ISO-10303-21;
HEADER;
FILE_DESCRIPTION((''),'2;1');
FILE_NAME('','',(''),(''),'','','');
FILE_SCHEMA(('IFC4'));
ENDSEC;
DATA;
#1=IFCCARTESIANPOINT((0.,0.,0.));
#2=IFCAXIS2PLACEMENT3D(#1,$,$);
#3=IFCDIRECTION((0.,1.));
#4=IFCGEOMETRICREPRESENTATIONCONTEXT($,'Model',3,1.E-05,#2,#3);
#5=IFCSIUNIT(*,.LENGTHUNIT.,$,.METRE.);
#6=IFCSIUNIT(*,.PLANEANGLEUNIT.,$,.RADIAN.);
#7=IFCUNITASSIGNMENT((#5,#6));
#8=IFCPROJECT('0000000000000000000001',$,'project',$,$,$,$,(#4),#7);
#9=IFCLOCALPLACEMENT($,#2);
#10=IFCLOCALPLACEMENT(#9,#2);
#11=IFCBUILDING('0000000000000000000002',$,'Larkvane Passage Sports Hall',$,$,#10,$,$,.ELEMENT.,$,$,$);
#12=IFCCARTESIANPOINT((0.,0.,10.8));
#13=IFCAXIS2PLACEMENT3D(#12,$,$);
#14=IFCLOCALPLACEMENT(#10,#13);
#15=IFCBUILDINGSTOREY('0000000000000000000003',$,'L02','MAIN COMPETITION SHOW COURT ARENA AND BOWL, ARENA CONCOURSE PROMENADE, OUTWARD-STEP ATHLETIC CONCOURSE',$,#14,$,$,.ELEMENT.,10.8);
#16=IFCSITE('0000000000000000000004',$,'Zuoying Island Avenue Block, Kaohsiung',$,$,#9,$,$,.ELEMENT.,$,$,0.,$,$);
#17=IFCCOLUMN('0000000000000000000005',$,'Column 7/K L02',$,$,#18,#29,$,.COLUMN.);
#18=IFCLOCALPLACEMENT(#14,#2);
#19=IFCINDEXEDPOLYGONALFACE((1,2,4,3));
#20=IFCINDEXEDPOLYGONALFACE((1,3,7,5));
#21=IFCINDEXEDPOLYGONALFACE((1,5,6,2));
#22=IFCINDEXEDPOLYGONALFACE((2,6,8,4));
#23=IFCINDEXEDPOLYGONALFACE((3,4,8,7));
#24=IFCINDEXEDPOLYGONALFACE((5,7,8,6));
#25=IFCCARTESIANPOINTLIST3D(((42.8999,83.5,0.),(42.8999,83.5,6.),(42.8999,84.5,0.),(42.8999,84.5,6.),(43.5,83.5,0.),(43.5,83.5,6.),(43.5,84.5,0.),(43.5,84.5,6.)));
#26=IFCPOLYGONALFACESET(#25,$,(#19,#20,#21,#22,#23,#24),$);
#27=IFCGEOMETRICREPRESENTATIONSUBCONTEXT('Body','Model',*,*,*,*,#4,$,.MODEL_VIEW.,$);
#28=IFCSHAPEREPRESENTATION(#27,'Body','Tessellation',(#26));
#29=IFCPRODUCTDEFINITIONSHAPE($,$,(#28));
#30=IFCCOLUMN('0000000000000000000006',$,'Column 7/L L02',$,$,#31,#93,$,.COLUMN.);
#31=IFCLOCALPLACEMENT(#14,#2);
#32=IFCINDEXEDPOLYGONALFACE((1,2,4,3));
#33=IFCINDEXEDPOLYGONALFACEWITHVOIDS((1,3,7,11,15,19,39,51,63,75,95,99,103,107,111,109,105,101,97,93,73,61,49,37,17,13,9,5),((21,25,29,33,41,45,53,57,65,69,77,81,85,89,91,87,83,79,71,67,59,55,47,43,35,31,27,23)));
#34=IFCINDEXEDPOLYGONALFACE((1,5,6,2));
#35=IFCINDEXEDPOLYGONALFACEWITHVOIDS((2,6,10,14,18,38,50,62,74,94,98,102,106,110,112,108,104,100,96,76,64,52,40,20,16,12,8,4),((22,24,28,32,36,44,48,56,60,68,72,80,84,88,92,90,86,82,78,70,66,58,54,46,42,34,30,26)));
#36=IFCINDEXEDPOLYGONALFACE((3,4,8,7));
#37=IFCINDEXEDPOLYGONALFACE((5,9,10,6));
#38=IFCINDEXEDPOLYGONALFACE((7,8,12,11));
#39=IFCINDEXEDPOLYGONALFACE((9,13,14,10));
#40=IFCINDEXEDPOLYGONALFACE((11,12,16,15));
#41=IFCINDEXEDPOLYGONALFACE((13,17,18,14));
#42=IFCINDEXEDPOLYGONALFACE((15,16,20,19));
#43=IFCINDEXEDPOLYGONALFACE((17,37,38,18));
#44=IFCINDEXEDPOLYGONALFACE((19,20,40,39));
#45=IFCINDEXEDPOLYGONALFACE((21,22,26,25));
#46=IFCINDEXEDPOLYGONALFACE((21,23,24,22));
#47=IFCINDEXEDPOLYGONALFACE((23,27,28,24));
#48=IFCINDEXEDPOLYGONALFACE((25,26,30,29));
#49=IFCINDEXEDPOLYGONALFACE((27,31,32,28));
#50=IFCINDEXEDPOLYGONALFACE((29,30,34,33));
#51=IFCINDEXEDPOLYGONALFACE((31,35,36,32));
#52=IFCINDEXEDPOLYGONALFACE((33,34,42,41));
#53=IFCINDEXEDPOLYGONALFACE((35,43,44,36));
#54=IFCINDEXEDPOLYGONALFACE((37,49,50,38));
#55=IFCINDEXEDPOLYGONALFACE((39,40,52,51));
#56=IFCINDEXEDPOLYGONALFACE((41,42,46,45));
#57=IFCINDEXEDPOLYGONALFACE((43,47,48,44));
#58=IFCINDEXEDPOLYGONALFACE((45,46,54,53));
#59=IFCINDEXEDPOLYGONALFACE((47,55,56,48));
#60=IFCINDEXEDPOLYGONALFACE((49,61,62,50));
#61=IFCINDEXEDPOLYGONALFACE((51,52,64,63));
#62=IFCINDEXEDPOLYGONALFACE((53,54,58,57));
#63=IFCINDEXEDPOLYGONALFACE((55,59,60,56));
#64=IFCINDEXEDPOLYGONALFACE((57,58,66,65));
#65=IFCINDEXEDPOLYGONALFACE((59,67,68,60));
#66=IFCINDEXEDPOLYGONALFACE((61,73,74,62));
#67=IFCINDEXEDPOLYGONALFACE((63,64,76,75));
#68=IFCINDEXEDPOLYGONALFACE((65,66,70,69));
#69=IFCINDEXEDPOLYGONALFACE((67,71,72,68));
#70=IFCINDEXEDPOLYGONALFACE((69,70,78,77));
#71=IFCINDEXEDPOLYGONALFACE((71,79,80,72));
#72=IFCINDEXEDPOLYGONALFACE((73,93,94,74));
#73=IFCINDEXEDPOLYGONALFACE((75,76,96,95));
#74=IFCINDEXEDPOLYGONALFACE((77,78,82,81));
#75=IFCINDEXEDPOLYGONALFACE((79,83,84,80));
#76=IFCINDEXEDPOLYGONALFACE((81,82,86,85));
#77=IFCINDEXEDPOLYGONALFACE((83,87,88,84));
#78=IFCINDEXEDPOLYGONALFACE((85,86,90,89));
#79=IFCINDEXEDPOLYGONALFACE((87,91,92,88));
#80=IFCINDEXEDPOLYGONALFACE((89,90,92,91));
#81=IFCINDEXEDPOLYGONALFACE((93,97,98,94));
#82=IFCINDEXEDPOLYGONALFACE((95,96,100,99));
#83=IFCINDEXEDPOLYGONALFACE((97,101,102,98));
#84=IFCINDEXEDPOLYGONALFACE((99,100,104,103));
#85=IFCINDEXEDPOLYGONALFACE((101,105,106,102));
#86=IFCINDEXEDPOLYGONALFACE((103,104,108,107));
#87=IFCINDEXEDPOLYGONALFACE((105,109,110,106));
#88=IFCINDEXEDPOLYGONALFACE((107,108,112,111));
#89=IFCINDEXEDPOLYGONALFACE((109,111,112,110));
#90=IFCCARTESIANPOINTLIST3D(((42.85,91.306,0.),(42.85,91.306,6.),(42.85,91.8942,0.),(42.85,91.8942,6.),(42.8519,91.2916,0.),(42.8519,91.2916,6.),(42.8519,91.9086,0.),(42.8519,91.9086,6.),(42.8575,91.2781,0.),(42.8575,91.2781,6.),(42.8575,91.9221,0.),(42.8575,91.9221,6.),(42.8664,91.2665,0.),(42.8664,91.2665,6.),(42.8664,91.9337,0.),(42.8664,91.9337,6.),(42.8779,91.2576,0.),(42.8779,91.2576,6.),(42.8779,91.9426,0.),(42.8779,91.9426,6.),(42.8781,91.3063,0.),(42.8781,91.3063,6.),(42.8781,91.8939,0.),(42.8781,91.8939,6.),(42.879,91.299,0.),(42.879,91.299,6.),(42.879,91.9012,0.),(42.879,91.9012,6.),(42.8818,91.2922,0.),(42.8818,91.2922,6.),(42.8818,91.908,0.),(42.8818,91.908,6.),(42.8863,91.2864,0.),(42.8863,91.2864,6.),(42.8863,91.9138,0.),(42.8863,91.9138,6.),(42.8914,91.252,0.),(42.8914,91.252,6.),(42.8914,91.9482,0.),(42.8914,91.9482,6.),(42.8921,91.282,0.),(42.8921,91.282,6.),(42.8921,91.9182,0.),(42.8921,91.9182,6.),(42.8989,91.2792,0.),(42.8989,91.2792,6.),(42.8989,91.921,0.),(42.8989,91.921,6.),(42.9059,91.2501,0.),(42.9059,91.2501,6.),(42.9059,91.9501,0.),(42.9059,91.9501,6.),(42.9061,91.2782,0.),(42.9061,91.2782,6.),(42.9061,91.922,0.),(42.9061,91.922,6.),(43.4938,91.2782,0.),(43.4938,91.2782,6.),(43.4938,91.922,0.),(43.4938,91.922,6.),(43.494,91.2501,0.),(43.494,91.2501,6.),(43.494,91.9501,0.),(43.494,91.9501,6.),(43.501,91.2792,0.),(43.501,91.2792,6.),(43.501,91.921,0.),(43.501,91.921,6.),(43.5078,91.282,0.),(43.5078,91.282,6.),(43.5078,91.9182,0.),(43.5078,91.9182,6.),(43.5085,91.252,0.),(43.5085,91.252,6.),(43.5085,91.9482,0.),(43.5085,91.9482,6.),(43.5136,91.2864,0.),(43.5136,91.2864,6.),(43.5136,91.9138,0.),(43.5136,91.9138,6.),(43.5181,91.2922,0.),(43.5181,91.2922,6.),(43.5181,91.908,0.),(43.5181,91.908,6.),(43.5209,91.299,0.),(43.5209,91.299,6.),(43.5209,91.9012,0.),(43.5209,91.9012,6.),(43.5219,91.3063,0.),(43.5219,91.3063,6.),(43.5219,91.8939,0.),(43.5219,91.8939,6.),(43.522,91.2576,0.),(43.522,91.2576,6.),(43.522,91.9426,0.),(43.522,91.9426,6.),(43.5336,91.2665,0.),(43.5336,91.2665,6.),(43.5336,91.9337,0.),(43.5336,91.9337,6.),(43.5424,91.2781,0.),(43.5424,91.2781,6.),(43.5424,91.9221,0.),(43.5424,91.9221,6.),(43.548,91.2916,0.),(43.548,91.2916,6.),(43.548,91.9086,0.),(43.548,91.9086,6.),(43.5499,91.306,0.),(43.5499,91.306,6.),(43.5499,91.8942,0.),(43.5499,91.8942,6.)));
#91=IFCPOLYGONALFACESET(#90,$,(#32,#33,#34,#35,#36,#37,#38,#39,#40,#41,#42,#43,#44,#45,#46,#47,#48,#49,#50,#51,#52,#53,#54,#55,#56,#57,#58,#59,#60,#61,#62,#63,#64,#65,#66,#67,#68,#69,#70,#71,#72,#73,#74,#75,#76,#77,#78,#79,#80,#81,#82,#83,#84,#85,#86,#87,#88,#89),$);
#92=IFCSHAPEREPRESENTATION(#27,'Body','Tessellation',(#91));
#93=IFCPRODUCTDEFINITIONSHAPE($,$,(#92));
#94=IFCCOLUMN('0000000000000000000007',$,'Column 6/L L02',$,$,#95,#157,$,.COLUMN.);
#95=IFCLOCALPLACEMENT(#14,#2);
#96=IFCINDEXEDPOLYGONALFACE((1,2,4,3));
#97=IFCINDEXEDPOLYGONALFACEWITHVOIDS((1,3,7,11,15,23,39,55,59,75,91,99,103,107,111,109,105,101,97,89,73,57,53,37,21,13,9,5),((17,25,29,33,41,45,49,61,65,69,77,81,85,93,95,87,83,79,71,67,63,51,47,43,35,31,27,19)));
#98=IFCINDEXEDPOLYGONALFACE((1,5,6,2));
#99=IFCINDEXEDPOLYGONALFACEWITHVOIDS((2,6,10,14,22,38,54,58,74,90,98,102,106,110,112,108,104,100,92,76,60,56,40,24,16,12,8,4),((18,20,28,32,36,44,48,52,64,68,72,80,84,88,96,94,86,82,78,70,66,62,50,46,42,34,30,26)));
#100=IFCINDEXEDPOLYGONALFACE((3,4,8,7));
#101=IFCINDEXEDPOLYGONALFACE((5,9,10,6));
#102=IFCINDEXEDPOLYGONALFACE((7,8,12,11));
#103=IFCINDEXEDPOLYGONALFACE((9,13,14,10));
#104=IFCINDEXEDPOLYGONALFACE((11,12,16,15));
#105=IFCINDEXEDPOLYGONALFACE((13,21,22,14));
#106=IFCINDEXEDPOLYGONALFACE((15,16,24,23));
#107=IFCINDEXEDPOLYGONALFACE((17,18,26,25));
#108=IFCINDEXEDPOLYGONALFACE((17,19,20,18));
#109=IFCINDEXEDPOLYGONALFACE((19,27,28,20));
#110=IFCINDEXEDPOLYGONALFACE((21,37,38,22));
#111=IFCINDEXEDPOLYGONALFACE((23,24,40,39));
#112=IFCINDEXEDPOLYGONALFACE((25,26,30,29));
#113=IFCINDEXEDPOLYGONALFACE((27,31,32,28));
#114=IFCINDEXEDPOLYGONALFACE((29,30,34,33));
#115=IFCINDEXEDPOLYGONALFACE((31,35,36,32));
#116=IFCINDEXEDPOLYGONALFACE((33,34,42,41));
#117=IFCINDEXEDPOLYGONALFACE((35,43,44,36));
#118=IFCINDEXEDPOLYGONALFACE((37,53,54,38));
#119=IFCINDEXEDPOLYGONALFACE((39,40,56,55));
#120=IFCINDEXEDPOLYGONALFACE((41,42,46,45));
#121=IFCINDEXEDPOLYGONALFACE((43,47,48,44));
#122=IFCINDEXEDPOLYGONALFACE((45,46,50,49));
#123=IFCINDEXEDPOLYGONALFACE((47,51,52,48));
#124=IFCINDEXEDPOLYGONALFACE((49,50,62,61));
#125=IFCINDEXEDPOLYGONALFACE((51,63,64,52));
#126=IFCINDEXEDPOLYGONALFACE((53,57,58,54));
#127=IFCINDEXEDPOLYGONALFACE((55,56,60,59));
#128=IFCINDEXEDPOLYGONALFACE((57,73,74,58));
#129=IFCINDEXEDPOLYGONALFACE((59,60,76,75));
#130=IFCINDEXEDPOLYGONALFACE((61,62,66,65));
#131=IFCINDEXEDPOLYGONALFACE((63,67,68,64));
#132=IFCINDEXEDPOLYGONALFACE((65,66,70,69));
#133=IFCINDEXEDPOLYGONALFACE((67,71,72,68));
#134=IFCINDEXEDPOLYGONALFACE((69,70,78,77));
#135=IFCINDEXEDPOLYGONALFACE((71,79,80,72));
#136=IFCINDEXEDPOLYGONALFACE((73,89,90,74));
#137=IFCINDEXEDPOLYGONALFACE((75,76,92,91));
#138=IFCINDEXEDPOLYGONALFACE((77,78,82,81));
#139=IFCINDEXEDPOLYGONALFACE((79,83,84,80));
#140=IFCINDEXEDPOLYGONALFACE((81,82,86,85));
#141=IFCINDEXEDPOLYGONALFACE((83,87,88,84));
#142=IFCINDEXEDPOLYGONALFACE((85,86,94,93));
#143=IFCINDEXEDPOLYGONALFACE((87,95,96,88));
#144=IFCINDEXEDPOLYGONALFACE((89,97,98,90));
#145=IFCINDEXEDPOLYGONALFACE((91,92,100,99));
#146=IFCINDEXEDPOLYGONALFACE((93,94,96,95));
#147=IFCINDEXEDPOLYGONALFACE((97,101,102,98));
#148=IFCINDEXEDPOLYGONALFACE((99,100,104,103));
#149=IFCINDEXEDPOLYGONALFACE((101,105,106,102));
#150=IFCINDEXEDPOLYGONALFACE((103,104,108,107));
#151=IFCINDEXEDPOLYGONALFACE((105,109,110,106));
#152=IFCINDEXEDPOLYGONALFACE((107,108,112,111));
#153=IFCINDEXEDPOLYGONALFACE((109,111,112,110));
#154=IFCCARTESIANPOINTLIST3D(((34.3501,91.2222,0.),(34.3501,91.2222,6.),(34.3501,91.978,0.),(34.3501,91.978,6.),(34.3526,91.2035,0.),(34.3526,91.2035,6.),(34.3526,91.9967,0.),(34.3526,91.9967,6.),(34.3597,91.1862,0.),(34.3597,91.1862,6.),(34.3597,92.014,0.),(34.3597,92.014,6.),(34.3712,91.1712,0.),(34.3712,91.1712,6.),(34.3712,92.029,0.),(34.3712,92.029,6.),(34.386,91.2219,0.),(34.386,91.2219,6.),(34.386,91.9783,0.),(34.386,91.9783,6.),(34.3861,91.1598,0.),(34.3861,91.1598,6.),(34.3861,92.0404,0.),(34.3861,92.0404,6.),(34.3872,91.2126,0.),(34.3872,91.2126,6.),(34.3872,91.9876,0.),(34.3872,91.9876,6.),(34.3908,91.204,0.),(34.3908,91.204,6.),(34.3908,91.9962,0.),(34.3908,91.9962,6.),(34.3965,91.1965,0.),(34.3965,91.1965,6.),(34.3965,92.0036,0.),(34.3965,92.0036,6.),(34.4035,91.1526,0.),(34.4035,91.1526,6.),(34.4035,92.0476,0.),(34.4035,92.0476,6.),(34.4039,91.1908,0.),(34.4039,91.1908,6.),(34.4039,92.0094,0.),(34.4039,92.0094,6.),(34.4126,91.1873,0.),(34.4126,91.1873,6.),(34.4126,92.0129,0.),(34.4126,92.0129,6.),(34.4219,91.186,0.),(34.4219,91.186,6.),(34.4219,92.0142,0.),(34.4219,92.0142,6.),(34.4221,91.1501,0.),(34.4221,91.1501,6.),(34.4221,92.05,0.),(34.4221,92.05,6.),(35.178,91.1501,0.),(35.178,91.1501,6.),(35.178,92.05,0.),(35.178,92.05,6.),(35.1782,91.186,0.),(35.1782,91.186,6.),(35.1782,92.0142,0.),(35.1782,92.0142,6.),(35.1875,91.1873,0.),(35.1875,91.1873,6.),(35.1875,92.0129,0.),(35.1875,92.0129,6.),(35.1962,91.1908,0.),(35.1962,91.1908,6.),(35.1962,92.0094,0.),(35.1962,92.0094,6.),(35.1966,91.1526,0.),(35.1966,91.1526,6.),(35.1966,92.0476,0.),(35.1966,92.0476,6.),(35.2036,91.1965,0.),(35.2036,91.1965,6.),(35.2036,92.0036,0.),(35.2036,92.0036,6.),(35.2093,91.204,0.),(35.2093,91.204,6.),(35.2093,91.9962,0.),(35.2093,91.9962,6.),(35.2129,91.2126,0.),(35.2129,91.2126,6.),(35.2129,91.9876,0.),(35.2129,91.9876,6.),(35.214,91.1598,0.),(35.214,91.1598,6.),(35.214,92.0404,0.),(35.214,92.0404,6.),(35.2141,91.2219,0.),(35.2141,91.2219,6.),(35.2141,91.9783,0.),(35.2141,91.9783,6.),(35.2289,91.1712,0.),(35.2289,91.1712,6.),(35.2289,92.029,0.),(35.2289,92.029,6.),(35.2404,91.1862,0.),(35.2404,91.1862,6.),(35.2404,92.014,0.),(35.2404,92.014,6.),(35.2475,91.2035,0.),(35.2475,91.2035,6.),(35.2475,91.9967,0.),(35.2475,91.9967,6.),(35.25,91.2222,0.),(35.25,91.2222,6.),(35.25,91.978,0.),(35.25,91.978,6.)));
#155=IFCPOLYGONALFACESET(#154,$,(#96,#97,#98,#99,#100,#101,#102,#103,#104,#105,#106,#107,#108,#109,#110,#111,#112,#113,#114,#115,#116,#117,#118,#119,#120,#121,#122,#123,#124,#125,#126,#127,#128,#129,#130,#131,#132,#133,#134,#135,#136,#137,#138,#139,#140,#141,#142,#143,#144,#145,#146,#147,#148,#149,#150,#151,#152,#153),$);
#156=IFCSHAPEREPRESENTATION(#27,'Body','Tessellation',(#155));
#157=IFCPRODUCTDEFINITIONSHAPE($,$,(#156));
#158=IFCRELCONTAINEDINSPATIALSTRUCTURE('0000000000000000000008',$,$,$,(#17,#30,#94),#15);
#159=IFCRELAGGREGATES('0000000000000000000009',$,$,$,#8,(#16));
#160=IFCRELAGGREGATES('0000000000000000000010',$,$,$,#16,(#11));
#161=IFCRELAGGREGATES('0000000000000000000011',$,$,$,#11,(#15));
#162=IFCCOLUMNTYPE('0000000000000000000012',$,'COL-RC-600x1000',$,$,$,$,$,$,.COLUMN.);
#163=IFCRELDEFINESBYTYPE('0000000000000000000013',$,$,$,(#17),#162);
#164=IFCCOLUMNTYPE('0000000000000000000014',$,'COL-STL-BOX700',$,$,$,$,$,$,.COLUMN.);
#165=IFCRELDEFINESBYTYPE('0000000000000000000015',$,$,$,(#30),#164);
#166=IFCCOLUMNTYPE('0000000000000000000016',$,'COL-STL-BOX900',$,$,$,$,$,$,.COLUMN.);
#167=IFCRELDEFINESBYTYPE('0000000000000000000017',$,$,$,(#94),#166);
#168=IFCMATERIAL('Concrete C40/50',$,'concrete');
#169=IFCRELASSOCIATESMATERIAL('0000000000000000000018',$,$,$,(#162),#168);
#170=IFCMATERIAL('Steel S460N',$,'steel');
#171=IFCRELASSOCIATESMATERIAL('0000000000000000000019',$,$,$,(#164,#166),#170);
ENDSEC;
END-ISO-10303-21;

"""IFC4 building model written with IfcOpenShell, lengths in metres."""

from ifc_helpers import new_model, si_unit, direction, frame, origin, origin_2d, place, context, subcontext, project, spatial, rectangle, hollow_rectangle, extrude, material, material_profile, profile_set, type_object, element, save


model = new_model("IFC4")

# Units and contexts
model_context = context("Model", 3, precision=1e-05, world=origin(), true_north=direction((0.0, 1.0)))
body_context = subcontext(model_context, "Body", "Model", "MODEL_VIEW")
ifc_project = project(units=[si_unit("LENGTHUNIT", "METRE"), si_unit("PLANEANGLEUNIT", "RADIAN")], contexts=[model_context])

# Site, building, storey
site_placement = place(None, origin())
site = spatial("IfcSite", under=ifc_project, at=site_placement, Name="Zuoying Island Avenue Block, Kaohsiung", CompositionType="ELEMENT", RefElevation=0.0)
building_placement = place(site_placement, origin())
building = spatial("IfcBuilding", under=site, at=building_placement, Name="Larkvane Passage Sports Hall", CompositionType="ELEMENT")
storey_placement = place(building_placement, frame((0.0, 0.0, 10.8)))
storey = spatial("IfcBuildingStorey", under=building, at=storey_placement, Name="L02", Description="MAIN COMPETITION SHOW COURT ARENA AND BOWL, ARENA CONCOURSE PROMENADE, OUTWARD-STEP ATHLETIC CONCOURSE", CompositionType="ELEMENT", Elevation=10.8)

# Columns
ifc_material_1 = material(Name="Concrete C40/50", Category="concrete")
ifc_material_profile_1 = material_profile(ifc_material_1, rectangle(XDim=0.6001, YDim=1.0, at=origin_2d()), Name="RC-COL-600x1000")
ifc_profile_set_1 = profile_set([ifc_material_profile_1], Name="Concrete C40/50")
column_type_1 = type_object("IfcColumnType", Name="COL-RC-600x1000", PredefinedType="COLUMN", material=ifc_profile_set_1)
column_1_placement = place(storey_placement, frame((43.2, 84.0, 0.0), z_axis=(0.0, 0.0, 1.0), x_axis=(1.0, 0.0, 0.0)))
element("IfcColumn", 1, at=column_1_placement, inside=storey, type_object=column_type_1, Name="Column 7/K L02", PredefinedType="COLUMN", context=body_context, shape_type="SweptSolid", body=[
    extrude(rectangle(XDim=0.6001, YDim=1.0, at=origin_2d()), origin(), (0.0, 0.0, 1.0), 6.0),
])
ifc_material_2 = material(Name="Steel S460N", Category="steel")
ifc_material_profile_2 = material_profile(ifc_material_2, hollow_rectangle(XDim=0.7, YDim=0.7, WallThickness=0.0281, InnerFilletRadius=0.0281, OuterFilletRadius=0.0559, at=origin_2d()), Name="BOX-700x700x28")
ifc_profile_set_2 = profile_set([ifc_material_profile_2], Name="Steel S460N")
column_type_2 = type_object("IfcColumnType", Name="COL-STL-BOX700", PredefinedType="COLUMN", material=ifc_profile_set_2)
column_2_placement = place(storey_placement, frame((43.2, 91.6001, 0.0), z_axis=(0.0, 0.0, 1.0), x_axis=(1.0, 0.0, 0.0)))
element("IfcColumn", 2, at=column_2_placement, inside=storey, type_object=column_type_2, Name="Column 7/L L02", PredefinedType="COLUMN", context=body_context, shape_type="SweptSolid", body=[
    extrude(hollow_rectangle(XDim=0.7, YDim=0.7, WallThickness=0.0281, InnerFilletRadius=0.0281, OuterFilletRadius=0.0559, at=origin_2d()), origin(), (0.0, 0.0, 1.0), 6.0),
])
ifc_material_profile_3 = material_profile(ifc_material_2, hollow_rectangle(XDim=0.8999, YDim=0.8999, WallThickness=0.0359, InnerFilletRadius=0.0359, OuterFilletRadius=0.072, at=origin_2d()), Name="BOX-900x900x36")
ifc_profile_set_3 = profile_set([ifc_material_profile_3], Name="Steel S460N")
column_type_3 = type_object("IfcColumnType", Name="COL-STL-BOX900", PredefinedType="COLUMN", material=ifc_profile_set_3)
column_3_placement = place(storey_placement, frame((34.8, 91.6001, 0.0), z_axis=(0.0, 0.0, 1.0), x_axis=(1.0, 0.0, 0.0)))
element("IfcColumn", 3, at=column_3_placement, inside=storey, type_object=column_type_3, Name="Column 6/L L02", PredefinedType="COLUMN", context=body_context, shape_type="SweptSolid", body=[
    extrude(hollow_rectangle(XDim=0.8999, YDim=0.8999, WallThickness=0.0359, InnerFilletRadius=0.0359, OuterFilletRadius=0.072, at=origin_2d()), origin(), (0.0, 0.0, 1.0), 6.0),
])

save(model, "model.ifc")
